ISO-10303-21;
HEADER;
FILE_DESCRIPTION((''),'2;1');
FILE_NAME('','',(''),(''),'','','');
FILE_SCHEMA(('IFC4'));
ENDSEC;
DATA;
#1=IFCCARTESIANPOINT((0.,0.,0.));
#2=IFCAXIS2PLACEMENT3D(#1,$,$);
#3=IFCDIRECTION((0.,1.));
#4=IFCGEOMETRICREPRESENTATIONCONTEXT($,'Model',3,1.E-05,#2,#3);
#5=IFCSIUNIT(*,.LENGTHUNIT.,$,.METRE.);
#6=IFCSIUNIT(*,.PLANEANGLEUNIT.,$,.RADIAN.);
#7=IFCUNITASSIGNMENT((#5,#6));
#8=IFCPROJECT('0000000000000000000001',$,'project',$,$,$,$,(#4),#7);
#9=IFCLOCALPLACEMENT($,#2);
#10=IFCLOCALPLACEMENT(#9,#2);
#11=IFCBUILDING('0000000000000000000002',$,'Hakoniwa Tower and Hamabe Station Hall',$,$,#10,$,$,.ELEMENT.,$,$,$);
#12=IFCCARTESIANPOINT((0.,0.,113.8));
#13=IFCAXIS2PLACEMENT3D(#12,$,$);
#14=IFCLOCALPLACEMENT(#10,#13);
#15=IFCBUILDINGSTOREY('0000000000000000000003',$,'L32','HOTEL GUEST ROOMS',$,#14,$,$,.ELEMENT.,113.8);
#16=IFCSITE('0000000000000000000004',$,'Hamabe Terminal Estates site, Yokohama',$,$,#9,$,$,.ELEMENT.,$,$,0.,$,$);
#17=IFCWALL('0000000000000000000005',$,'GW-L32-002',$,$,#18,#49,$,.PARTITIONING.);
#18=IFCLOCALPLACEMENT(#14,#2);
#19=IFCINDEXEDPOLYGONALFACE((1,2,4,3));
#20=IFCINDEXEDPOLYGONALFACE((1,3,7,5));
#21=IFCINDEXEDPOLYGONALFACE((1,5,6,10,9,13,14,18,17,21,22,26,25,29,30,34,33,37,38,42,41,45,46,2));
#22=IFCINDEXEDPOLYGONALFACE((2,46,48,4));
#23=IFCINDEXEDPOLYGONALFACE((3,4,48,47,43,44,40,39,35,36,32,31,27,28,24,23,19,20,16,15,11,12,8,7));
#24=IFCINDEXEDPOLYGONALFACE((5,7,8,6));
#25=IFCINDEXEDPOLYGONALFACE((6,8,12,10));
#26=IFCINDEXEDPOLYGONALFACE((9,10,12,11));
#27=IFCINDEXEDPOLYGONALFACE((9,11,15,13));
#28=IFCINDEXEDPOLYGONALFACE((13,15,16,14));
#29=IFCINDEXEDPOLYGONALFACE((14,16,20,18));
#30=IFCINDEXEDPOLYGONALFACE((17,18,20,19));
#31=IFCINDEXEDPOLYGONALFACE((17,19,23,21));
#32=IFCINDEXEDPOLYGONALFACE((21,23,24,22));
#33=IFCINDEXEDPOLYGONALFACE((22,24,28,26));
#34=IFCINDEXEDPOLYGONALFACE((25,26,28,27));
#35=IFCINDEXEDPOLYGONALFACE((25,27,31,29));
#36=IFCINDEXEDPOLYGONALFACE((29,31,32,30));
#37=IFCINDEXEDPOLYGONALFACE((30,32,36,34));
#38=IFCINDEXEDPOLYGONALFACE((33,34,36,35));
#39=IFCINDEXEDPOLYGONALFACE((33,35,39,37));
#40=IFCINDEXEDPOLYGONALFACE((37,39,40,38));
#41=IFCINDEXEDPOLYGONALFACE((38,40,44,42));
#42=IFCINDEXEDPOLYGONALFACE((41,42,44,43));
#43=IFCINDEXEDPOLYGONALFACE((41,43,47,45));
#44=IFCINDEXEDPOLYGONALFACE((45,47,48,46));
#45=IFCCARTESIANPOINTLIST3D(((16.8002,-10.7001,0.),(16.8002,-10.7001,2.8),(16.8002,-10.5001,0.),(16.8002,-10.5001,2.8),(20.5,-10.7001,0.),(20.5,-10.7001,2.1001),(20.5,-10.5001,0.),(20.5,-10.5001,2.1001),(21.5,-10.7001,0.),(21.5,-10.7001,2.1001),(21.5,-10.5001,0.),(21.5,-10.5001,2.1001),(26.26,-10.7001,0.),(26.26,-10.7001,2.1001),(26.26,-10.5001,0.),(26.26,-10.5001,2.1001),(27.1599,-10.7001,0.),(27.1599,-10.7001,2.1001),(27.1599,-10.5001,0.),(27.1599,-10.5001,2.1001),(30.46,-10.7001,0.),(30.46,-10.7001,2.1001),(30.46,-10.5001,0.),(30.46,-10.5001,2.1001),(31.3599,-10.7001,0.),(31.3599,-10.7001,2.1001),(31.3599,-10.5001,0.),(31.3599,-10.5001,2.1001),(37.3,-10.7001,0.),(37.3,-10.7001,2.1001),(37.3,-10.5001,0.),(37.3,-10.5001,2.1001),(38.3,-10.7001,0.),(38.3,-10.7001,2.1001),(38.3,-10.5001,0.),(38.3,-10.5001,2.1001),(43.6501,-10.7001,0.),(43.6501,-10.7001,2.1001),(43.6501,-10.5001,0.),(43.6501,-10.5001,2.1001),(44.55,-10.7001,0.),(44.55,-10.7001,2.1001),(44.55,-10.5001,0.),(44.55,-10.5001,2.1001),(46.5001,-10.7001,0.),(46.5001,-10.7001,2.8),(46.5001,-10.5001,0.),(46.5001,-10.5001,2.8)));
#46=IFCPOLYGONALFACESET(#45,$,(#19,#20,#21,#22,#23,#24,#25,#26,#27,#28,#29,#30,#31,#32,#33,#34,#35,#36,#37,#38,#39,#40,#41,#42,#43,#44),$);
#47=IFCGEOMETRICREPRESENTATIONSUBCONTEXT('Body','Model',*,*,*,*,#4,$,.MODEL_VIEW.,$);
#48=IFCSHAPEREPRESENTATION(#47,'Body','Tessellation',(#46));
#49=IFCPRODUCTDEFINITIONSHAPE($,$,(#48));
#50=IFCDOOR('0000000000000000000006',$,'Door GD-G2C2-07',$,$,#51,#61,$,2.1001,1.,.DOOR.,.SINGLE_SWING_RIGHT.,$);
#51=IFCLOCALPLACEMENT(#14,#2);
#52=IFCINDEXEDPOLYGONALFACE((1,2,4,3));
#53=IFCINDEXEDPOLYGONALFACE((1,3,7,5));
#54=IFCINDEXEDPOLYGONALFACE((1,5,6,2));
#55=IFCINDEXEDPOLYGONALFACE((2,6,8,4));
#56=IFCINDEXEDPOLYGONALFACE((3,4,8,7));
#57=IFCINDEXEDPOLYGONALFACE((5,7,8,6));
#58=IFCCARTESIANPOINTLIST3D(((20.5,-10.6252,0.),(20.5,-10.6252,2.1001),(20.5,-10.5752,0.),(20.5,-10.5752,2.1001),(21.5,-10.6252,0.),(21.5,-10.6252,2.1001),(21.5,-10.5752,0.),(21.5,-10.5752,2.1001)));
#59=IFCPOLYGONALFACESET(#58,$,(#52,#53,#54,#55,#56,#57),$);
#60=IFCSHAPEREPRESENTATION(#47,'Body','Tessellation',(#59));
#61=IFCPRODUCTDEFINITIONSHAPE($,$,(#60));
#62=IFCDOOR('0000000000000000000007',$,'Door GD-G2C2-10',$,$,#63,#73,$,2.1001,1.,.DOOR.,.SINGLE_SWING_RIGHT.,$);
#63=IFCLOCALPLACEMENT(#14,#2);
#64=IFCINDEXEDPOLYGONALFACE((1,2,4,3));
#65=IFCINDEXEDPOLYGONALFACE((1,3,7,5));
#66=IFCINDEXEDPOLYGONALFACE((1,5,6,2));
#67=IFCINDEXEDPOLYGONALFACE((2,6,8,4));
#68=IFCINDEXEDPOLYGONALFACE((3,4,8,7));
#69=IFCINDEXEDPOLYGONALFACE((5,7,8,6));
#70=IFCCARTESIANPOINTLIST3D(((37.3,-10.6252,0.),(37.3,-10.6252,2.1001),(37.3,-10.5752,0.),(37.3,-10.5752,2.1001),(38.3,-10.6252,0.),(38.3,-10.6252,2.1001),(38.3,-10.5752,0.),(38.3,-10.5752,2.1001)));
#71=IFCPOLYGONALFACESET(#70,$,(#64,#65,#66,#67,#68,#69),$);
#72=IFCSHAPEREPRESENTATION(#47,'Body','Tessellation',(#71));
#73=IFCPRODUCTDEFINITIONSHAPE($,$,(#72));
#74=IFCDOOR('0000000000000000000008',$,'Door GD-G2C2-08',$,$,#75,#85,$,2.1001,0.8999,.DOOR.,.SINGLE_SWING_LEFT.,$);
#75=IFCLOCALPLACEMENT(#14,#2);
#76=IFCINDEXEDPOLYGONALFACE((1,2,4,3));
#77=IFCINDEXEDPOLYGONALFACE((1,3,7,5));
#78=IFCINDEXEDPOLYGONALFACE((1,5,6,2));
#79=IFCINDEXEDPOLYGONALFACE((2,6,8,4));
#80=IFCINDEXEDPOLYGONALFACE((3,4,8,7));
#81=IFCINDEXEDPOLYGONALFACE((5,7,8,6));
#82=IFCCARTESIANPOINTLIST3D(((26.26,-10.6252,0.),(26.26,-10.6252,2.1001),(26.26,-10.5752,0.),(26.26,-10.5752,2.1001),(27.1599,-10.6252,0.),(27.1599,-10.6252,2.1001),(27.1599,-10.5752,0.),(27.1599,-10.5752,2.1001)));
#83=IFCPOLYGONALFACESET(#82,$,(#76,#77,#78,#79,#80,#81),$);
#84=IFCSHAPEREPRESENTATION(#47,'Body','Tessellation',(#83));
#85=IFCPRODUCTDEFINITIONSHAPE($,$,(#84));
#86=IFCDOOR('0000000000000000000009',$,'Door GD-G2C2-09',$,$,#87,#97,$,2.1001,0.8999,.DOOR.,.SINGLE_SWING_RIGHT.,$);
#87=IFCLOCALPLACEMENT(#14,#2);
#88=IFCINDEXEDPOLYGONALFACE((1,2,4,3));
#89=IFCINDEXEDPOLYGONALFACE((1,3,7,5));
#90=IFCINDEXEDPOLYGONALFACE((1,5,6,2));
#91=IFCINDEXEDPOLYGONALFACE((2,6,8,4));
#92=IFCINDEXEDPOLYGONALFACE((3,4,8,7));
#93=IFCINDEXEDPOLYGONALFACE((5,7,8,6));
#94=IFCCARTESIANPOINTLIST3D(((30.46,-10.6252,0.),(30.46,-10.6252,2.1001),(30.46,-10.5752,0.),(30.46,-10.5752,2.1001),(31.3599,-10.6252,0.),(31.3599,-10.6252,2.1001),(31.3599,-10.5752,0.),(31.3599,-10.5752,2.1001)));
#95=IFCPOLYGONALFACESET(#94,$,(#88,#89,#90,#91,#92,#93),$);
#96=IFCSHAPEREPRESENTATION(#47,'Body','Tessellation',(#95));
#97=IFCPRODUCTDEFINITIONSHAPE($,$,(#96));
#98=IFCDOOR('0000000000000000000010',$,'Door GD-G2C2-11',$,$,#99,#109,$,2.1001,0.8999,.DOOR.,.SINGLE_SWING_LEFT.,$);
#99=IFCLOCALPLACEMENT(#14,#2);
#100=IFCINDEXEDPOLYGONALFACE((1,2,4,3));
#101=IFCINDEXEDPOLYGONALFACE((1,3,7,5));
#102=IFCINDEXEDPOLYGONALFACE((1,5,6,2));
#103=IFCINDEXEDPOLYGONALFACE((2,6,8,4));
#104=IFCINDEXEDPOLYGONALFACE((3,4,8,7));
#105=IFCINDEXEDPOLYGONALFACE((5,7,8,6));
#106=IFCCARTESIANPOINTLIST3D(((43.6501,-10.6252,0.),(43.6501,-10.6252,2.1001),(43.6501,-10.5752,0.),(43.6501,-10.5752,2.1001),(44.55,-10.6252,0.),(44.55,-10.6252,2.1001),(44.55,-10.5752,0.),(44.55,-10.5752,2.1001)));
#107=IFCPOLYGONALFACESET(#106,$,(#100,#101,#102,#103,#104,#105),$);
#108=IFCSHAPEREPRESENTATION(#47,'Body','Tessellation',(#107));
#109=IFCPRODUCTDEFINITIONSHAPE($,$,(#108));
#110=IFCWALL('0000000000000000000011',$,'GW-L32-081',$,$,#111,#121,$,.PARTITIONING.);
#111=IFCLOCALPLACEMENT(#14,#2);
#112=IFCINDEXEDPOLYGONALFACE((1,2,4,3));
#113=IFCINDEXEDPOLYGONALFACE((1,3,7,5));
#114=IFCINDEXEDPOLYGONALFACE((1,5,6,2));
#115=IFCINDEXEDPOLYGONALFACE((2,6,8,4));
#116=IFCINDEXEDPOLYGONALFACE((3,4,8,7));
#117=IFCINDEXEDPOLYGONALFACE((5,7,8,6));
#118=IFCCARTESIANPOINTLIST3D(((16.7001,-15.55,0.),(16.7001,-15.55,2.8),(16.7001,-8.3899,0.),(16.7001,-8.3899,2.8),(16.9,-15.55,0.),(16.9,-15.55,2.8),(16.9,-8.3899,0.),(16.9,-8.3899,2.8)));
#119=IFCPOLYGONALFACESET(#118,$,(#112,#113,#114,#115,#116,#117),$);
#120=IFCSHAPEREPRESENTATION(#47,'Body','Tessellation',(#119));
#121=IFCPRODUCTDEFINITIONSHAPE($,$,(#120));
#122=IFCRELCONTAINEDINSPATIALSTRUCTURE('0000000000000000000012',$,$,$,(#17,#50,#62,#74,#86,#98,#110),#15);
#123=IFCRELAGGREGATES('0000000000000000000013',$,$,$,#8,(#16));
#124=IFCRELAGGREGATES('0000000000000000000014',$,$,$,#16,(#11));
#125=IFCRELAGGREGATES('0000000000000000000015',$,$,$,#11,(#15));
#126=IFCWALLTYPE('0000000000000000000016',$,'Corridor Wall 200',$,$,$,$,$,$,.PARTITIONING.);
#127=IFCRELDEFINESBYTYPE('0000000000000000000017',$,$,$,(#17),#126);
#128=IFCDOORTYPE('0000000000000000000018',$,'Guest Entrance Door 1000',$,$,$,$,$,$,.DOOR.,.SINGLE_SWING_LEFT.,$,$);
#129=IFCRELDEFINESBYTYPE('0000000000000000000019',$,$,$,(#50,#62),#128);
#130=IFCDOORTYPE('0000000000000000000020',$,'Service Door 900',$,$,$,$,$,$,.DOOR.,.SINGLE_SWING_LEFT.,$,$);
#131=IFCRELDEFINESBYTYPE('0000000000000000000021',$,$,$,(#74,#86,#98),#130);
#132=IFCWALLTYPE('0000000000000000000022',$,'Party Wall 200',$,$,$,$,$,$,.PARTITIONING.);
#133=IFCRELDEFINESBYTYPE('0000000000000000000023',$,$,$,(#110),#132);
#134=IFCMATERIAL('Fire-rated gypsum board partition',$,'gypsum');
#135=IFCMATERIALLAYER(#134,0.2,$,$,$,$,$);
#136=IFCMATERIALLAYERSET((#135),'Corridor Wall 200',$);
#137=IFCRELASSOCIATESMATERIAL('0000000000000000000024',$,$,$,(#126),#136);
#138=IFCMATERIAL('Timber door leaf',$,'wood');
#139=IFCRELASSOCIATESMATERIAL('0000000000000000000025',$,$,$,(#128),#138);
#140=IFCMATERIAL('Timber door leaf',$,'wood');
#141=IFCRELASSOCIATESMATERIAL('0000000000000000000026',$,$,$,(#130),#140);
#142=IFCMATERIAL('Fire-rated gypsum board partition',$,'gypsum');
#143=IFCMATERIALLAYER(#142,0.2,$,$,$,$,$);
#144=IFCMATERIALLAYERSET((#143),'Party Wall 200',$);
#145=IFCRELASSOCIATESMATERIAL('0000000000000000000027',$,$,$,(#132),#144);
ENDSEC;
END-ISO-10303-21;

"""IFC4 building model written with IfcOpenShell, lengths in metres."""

from ifc_helpers import new_model, si_unit, direction, frame, frame_2d, origin, place, context, subcontext, project, spatial, rectangle, extrude, material, layer, layer_set, type_object, element, fill, save


model = new_model("IFC4")

# Units and contexts
model_context = context("Model", 3, precision=1e-05, world=origin(), true_north=direction((0.0, 1.0)))
body_context = subcontext(model_context, "Body", "Model", "MODEL_VIEW")
ifc_project = project(units=[si_unit("LENGTHUNIT", "METRE"), si_unit("PLANEANGLEUNIT", "RADIAN")], contexts=[model_context])

# Site, building, storey
site_placement = place(None, origin())
site = spatial("IfcSite", under=ifc_project, at=site_placement, Name="Hamabe Terminal Estates site, Yokohama", CompositionType="ELEMENT", RefElevation=0.0)
building_placement = place(site_placement, origin())
building = spatial("IfcBuilding", under=site, at=building_placement, Name="Hakoniwa Tower and Hamabe Station Hall", CompositionType="ELEMENT")
storey_placement = place(building_placement, frame((0.0, 0.0, 113.8)))
storey = spatial("IfcBuildingStorey", under=building, at=storey_placement, Name="L32", Description="HOTEL GUEST ROOMS", CompositionType="ELEMENT", Elevation=113.8)

# Wall, openings, doors
ifc_material_1 = material(Name="Fire-rated gypsum board partition", Category="gypsum")
ifc_layer_1 = layer(ifc_material_1, 0.2)
ifc_layer_set_1 = layer_set([ifc_layer_1], Name="Corridor Wall 200")
wall_type_1 = type_object("IfcWallType", Name="Corridor Wall 200", PredefinedType="PARTITIONING", material=ifc_layer_set_1)
wall_1_placement = place(storey_placement, frame((16.8, -10.6001, 0.0), z_axis=(0.0, 0.0, 1.0), x_axis=(1.0, 0.0, 0.0)))
wall_1 = element("IfcWall", 1, at=wall_1_placement, inside=storey, type_object=wall_type_1, Name="GW-L32-002", PredefinedType="PARTITIONING", context=body_context, shape_type="SweptSolid", body=[
    extrude(rectangle(XDim=29.7, YDim=0.2, at=frame_2d((14.8501, 0.0))), origin(), (0.0, 0.0, 1.0), 2.8),
])
opening_1_placement = place(wall_1_placement, frame((3.7, 0.0, 0.0)))
opening_1 = element("IfcOpeningElement", 2, at=opening_1_placement, cuts=wall_1, PredefinedType="OPENING", context=body_context, shape_type="SweptSolid", body=[
    extrude(rectangle(XDim=1.0, YDim=2.1001, at=frame_2d((0.5, 1.05))), frame((0.0, 0.1099, 0.0), z_axis=(0.0, -1.0, 0.0), x_axis=(1.0, 0.0, 0.0)), (0.0, 0.0, 1.0), 0.22),
])
opening_2_placement = place(wall_1_placement, frame((9.46, 0.0, 0.0)))
opening_2 = element("IfcOpeningElement", 3, at=opening_2_placement, cuts=wall_1, PredefinedType="OPENING", context=body_context, shape_type="SweptSolid", body=[
    extrude(rectangle(XDim=0.8999, YDim=2.1001, at=frame_2d((0.45, 1.05))), frame((0.0, 0.1099, 0.0), z_axis=(0.0, -1.0, 0.0), x_axis=(1.0, 0.0, 0.0)), (0.0, 0.0, 1.0), 0.22),
])
opening_3_placement = place(wall_1_placement, frame((13.6599, 0.0, 0.0)))
opening_3 = element("IfcOpeningElement", 4, at=opening_3_placement, cuts=wall_1, PredefinedType="OPENING", context=body_context, shape_type="SweptSolid", body=[
    extrude(rectangle(XDim=0.8999, YDim=2.1001, at=frame_2d((0.45, 1.05))), frame((0.0, 0.1099, 0.0), z_axis=(0.0, -1.0, 0.0), x_axis=(1.0, 0.0, 0.0)), (0.0, 0.0, 1.0), 0.22),
])
opening_4_placement = place(wall_1_placement, frame((20.5, 0.0, 0.0)))
opening_4 = element("IfcOpeningElement", 5, at=opening_4_placement, cuts=wall_1, PredefinedType="OPENING", context=body_context, shape_type="SweptSolid", body=[
    extrude(rectangle(XDim=1.0, YDim=2.1001, at=frame_2d((0.5, 1.05))), frame((0.0, 0.1099, 0.0), z_axis=(0.0, -1.0, 0.0), x_axis=(1.0, 0.0, 0.0)), (0.0, 0.0, 1.0), 0.22),
])
opening_5_placement = place(wall_1_placement, frame((26.8501, 0.0, 0.0)))
opening_5 = element("IfcOpeningElement", 6, at=opening_5_placement, cuts=wall_1, PredefinedType="OPENING", context=body_context, shape_type="SweptSolid", body=[
    extrude(rectangle(XDim=0.8999, YDim=2.1001, at=frame_2d((0.45, 1.05))), frame((0.0, 0.1099, 0.0), z_axis=(0.0, -1.0, 0.0), x_axis=(1.0, 0.0, 0.0)), (0.0, 0.0, 1.0), 0.22),
])
ifc_material_2 = material(Name="Timber door leaf", Category="wood")
door_type_1 = type_object("IfcDoorType", Name="Guest Entrance Door 1000", OperationType="SINGLE_SWING_LEFT", PredefinedType="DOOR", material=ifc_material_2)
door_1_placement = place(opening_1_placement, origin())
door_1 = element("IfcDoor", 7, at=door_1_placement, inside=storey, type_object=door_type_1, Name="Door GD-G2C2-07", OperationType="SINGLE_SWING_RIGHT", OverallHeight=2.1001, OverallWidth=1.0, PredefinedType="DOOR", context=body_context, shape_type="SweptSolid", body=[
    extrude(rectangle(XDim=1.0, YDim=2.1001, at=frame_2d((0.5, 1.05))), frame((0.0, 0.0249, 0.0), z_axis=(0.0, -1.0, 0.0), x_axis=(1.0, 0.0, 0.0)), (0.0, 0.0, 1.0), 0.05),
])
fill(opening_1, door_1)
door_2_placement = place(opening_4_placement, origin())
door_2 = element("IfcDoor", 8, at=door_2_placement, inside=storey, type_object=door_type_1, Name="Door GD-G2C2-10", OperationType="SINGLE_SWING_RIGHT", OverallHeight=2.1001, OverallWidth=1.0, PredefinedType="DOOR", context=body_context, shape_type="SweptSolid", body=[
    extrude(rectangle(XDim=1.0, YDim=2.1001, at=frame_2d((0.5, 1.05))), frame((0.0, 0.0249, 0.0), z_axis=(0.0, -1.0, 0.0), x_axis=(1.0, 0.0, 0.0)), (0.0, 0.0, 1.0), 0.05),
])
fill(opening_4, door_2)
ifc_material_3 = material(Name="Timber door leaf", Category="wood")
door_type_2 = type_object("IfcDoorType", Name="Service Door 900", OperationType="SINGLE_SWING_LEFT", PredefinedType="DOOR", material=ifc_material_3)
door_3_placement = place(opening_2_placement, origin())
door_3 = element("IfcDoor", 9, at=door_3_placement, inside=storey, type_object=door_type_2, Name="Door GD-G2C2-08", OperationType="SINGLE_SWING_LEFT", OverallHeight=2.1001, OverallWidth=0.8999, PredefinedType="DOOR", context=body_context, shape_type="SweptSolid", body=[
    extrude(rectangle(XDim=0.8999, YDim=2.1001, at=frame_2d((0.45, 1.05))), frame((0.0, 0.0249, 0.0), z_axis=(0.0, -1.0, 0.0), x_axis=(1.0, 0.0, 0.0)), (0.0, 0.0, 1.0), 0.05),
])
fill(opening_2, door_3)
door_4_placement = place(opening_3_placement, origin())
door_4 = element("IfcDoor", 10, at=door_4_placement, inside=storey, type_object=door_type_2, Name="Door GD-G2C2-09", OperationType="SINGLE_SWING_RIGHT", OverallHeight=2.1001, OverallWidth=0.8999, PredefinedType="DOOR", context=body_context, shape_type="SweptSolid", body=[
    extrude(rectangle(XDim=0.8999, YDim=2.1001, at=frame_2d((0.45, 1.05))), frame((0.0, 0.0249, 0.0), z_axis=(0.0, -1.0, 0.0), x_axis=(1.0, 0.0, 0.0)), (0.0, 0.0, 1.0), 0.05),
])
fill(opening_3, door_4)
door_5_placement = place(opening_5_placement, origin())
door_5 = element("IfcDoor", 11, at=door_5_placement, inside=storey, type_object=door_type_2, Name="Door GD-G2C2-11", OperationType="SINGLE_SWING_LEFT", OverallHeight=2.1001, OverallWidth=0.8999, PredefinedType="DOOR", context=body_context, shape_type="SweptSolid", body=[
    extrude(rectangle(XDim=0.8999, YDim=2.1001, at=frame_2d((0.45, 1.05))), frame((0.0, 0.0249, 0.0), z_axis=(0.0, -1.0, 0.0), x_axis=(1.0, 0.0, 0.0)), (0.0, 0.0, 1.0), 0.05),
])
fill(opening_5, door_5)

# Wall
ifc_material_4 = material(Name="Fire-rated gypsum board partition", Category="gypsum")
ifc_layer_2 = layer(ifc_material_4, 0.2)
ifc_layer_set_2 = layer_set([ifc_layer_2], Name="Party Wall 200")
wall_type_2 = type_object("IfcWallType", Name="Party Wall 200", PredefinedType="PARTITIONING", material=ifc_layer_set_2)
wall_2_placement = place(storey_placement, frame((16.8, -15.55, 0.0), z_axis=(0.0, 0.0, 1.0), x_axis=(0.0, 1.0, 0.0)))
element("IfcWall", 12, at=wall_2_placement, inside=storey, type_object=wall_type_2, Name="GW-L32-081", PredefinedType="PARTITIONING", context=body_context, shape_type="SweptSolid", body=[
    extrude(rectangle(XDim=7.1602, YDim=0.2, at=frame_2d((3.5801, 0.0))), origin(), (0.0, 0.0, 1.0), 2.8),
])

save(model, "model.ifc")
